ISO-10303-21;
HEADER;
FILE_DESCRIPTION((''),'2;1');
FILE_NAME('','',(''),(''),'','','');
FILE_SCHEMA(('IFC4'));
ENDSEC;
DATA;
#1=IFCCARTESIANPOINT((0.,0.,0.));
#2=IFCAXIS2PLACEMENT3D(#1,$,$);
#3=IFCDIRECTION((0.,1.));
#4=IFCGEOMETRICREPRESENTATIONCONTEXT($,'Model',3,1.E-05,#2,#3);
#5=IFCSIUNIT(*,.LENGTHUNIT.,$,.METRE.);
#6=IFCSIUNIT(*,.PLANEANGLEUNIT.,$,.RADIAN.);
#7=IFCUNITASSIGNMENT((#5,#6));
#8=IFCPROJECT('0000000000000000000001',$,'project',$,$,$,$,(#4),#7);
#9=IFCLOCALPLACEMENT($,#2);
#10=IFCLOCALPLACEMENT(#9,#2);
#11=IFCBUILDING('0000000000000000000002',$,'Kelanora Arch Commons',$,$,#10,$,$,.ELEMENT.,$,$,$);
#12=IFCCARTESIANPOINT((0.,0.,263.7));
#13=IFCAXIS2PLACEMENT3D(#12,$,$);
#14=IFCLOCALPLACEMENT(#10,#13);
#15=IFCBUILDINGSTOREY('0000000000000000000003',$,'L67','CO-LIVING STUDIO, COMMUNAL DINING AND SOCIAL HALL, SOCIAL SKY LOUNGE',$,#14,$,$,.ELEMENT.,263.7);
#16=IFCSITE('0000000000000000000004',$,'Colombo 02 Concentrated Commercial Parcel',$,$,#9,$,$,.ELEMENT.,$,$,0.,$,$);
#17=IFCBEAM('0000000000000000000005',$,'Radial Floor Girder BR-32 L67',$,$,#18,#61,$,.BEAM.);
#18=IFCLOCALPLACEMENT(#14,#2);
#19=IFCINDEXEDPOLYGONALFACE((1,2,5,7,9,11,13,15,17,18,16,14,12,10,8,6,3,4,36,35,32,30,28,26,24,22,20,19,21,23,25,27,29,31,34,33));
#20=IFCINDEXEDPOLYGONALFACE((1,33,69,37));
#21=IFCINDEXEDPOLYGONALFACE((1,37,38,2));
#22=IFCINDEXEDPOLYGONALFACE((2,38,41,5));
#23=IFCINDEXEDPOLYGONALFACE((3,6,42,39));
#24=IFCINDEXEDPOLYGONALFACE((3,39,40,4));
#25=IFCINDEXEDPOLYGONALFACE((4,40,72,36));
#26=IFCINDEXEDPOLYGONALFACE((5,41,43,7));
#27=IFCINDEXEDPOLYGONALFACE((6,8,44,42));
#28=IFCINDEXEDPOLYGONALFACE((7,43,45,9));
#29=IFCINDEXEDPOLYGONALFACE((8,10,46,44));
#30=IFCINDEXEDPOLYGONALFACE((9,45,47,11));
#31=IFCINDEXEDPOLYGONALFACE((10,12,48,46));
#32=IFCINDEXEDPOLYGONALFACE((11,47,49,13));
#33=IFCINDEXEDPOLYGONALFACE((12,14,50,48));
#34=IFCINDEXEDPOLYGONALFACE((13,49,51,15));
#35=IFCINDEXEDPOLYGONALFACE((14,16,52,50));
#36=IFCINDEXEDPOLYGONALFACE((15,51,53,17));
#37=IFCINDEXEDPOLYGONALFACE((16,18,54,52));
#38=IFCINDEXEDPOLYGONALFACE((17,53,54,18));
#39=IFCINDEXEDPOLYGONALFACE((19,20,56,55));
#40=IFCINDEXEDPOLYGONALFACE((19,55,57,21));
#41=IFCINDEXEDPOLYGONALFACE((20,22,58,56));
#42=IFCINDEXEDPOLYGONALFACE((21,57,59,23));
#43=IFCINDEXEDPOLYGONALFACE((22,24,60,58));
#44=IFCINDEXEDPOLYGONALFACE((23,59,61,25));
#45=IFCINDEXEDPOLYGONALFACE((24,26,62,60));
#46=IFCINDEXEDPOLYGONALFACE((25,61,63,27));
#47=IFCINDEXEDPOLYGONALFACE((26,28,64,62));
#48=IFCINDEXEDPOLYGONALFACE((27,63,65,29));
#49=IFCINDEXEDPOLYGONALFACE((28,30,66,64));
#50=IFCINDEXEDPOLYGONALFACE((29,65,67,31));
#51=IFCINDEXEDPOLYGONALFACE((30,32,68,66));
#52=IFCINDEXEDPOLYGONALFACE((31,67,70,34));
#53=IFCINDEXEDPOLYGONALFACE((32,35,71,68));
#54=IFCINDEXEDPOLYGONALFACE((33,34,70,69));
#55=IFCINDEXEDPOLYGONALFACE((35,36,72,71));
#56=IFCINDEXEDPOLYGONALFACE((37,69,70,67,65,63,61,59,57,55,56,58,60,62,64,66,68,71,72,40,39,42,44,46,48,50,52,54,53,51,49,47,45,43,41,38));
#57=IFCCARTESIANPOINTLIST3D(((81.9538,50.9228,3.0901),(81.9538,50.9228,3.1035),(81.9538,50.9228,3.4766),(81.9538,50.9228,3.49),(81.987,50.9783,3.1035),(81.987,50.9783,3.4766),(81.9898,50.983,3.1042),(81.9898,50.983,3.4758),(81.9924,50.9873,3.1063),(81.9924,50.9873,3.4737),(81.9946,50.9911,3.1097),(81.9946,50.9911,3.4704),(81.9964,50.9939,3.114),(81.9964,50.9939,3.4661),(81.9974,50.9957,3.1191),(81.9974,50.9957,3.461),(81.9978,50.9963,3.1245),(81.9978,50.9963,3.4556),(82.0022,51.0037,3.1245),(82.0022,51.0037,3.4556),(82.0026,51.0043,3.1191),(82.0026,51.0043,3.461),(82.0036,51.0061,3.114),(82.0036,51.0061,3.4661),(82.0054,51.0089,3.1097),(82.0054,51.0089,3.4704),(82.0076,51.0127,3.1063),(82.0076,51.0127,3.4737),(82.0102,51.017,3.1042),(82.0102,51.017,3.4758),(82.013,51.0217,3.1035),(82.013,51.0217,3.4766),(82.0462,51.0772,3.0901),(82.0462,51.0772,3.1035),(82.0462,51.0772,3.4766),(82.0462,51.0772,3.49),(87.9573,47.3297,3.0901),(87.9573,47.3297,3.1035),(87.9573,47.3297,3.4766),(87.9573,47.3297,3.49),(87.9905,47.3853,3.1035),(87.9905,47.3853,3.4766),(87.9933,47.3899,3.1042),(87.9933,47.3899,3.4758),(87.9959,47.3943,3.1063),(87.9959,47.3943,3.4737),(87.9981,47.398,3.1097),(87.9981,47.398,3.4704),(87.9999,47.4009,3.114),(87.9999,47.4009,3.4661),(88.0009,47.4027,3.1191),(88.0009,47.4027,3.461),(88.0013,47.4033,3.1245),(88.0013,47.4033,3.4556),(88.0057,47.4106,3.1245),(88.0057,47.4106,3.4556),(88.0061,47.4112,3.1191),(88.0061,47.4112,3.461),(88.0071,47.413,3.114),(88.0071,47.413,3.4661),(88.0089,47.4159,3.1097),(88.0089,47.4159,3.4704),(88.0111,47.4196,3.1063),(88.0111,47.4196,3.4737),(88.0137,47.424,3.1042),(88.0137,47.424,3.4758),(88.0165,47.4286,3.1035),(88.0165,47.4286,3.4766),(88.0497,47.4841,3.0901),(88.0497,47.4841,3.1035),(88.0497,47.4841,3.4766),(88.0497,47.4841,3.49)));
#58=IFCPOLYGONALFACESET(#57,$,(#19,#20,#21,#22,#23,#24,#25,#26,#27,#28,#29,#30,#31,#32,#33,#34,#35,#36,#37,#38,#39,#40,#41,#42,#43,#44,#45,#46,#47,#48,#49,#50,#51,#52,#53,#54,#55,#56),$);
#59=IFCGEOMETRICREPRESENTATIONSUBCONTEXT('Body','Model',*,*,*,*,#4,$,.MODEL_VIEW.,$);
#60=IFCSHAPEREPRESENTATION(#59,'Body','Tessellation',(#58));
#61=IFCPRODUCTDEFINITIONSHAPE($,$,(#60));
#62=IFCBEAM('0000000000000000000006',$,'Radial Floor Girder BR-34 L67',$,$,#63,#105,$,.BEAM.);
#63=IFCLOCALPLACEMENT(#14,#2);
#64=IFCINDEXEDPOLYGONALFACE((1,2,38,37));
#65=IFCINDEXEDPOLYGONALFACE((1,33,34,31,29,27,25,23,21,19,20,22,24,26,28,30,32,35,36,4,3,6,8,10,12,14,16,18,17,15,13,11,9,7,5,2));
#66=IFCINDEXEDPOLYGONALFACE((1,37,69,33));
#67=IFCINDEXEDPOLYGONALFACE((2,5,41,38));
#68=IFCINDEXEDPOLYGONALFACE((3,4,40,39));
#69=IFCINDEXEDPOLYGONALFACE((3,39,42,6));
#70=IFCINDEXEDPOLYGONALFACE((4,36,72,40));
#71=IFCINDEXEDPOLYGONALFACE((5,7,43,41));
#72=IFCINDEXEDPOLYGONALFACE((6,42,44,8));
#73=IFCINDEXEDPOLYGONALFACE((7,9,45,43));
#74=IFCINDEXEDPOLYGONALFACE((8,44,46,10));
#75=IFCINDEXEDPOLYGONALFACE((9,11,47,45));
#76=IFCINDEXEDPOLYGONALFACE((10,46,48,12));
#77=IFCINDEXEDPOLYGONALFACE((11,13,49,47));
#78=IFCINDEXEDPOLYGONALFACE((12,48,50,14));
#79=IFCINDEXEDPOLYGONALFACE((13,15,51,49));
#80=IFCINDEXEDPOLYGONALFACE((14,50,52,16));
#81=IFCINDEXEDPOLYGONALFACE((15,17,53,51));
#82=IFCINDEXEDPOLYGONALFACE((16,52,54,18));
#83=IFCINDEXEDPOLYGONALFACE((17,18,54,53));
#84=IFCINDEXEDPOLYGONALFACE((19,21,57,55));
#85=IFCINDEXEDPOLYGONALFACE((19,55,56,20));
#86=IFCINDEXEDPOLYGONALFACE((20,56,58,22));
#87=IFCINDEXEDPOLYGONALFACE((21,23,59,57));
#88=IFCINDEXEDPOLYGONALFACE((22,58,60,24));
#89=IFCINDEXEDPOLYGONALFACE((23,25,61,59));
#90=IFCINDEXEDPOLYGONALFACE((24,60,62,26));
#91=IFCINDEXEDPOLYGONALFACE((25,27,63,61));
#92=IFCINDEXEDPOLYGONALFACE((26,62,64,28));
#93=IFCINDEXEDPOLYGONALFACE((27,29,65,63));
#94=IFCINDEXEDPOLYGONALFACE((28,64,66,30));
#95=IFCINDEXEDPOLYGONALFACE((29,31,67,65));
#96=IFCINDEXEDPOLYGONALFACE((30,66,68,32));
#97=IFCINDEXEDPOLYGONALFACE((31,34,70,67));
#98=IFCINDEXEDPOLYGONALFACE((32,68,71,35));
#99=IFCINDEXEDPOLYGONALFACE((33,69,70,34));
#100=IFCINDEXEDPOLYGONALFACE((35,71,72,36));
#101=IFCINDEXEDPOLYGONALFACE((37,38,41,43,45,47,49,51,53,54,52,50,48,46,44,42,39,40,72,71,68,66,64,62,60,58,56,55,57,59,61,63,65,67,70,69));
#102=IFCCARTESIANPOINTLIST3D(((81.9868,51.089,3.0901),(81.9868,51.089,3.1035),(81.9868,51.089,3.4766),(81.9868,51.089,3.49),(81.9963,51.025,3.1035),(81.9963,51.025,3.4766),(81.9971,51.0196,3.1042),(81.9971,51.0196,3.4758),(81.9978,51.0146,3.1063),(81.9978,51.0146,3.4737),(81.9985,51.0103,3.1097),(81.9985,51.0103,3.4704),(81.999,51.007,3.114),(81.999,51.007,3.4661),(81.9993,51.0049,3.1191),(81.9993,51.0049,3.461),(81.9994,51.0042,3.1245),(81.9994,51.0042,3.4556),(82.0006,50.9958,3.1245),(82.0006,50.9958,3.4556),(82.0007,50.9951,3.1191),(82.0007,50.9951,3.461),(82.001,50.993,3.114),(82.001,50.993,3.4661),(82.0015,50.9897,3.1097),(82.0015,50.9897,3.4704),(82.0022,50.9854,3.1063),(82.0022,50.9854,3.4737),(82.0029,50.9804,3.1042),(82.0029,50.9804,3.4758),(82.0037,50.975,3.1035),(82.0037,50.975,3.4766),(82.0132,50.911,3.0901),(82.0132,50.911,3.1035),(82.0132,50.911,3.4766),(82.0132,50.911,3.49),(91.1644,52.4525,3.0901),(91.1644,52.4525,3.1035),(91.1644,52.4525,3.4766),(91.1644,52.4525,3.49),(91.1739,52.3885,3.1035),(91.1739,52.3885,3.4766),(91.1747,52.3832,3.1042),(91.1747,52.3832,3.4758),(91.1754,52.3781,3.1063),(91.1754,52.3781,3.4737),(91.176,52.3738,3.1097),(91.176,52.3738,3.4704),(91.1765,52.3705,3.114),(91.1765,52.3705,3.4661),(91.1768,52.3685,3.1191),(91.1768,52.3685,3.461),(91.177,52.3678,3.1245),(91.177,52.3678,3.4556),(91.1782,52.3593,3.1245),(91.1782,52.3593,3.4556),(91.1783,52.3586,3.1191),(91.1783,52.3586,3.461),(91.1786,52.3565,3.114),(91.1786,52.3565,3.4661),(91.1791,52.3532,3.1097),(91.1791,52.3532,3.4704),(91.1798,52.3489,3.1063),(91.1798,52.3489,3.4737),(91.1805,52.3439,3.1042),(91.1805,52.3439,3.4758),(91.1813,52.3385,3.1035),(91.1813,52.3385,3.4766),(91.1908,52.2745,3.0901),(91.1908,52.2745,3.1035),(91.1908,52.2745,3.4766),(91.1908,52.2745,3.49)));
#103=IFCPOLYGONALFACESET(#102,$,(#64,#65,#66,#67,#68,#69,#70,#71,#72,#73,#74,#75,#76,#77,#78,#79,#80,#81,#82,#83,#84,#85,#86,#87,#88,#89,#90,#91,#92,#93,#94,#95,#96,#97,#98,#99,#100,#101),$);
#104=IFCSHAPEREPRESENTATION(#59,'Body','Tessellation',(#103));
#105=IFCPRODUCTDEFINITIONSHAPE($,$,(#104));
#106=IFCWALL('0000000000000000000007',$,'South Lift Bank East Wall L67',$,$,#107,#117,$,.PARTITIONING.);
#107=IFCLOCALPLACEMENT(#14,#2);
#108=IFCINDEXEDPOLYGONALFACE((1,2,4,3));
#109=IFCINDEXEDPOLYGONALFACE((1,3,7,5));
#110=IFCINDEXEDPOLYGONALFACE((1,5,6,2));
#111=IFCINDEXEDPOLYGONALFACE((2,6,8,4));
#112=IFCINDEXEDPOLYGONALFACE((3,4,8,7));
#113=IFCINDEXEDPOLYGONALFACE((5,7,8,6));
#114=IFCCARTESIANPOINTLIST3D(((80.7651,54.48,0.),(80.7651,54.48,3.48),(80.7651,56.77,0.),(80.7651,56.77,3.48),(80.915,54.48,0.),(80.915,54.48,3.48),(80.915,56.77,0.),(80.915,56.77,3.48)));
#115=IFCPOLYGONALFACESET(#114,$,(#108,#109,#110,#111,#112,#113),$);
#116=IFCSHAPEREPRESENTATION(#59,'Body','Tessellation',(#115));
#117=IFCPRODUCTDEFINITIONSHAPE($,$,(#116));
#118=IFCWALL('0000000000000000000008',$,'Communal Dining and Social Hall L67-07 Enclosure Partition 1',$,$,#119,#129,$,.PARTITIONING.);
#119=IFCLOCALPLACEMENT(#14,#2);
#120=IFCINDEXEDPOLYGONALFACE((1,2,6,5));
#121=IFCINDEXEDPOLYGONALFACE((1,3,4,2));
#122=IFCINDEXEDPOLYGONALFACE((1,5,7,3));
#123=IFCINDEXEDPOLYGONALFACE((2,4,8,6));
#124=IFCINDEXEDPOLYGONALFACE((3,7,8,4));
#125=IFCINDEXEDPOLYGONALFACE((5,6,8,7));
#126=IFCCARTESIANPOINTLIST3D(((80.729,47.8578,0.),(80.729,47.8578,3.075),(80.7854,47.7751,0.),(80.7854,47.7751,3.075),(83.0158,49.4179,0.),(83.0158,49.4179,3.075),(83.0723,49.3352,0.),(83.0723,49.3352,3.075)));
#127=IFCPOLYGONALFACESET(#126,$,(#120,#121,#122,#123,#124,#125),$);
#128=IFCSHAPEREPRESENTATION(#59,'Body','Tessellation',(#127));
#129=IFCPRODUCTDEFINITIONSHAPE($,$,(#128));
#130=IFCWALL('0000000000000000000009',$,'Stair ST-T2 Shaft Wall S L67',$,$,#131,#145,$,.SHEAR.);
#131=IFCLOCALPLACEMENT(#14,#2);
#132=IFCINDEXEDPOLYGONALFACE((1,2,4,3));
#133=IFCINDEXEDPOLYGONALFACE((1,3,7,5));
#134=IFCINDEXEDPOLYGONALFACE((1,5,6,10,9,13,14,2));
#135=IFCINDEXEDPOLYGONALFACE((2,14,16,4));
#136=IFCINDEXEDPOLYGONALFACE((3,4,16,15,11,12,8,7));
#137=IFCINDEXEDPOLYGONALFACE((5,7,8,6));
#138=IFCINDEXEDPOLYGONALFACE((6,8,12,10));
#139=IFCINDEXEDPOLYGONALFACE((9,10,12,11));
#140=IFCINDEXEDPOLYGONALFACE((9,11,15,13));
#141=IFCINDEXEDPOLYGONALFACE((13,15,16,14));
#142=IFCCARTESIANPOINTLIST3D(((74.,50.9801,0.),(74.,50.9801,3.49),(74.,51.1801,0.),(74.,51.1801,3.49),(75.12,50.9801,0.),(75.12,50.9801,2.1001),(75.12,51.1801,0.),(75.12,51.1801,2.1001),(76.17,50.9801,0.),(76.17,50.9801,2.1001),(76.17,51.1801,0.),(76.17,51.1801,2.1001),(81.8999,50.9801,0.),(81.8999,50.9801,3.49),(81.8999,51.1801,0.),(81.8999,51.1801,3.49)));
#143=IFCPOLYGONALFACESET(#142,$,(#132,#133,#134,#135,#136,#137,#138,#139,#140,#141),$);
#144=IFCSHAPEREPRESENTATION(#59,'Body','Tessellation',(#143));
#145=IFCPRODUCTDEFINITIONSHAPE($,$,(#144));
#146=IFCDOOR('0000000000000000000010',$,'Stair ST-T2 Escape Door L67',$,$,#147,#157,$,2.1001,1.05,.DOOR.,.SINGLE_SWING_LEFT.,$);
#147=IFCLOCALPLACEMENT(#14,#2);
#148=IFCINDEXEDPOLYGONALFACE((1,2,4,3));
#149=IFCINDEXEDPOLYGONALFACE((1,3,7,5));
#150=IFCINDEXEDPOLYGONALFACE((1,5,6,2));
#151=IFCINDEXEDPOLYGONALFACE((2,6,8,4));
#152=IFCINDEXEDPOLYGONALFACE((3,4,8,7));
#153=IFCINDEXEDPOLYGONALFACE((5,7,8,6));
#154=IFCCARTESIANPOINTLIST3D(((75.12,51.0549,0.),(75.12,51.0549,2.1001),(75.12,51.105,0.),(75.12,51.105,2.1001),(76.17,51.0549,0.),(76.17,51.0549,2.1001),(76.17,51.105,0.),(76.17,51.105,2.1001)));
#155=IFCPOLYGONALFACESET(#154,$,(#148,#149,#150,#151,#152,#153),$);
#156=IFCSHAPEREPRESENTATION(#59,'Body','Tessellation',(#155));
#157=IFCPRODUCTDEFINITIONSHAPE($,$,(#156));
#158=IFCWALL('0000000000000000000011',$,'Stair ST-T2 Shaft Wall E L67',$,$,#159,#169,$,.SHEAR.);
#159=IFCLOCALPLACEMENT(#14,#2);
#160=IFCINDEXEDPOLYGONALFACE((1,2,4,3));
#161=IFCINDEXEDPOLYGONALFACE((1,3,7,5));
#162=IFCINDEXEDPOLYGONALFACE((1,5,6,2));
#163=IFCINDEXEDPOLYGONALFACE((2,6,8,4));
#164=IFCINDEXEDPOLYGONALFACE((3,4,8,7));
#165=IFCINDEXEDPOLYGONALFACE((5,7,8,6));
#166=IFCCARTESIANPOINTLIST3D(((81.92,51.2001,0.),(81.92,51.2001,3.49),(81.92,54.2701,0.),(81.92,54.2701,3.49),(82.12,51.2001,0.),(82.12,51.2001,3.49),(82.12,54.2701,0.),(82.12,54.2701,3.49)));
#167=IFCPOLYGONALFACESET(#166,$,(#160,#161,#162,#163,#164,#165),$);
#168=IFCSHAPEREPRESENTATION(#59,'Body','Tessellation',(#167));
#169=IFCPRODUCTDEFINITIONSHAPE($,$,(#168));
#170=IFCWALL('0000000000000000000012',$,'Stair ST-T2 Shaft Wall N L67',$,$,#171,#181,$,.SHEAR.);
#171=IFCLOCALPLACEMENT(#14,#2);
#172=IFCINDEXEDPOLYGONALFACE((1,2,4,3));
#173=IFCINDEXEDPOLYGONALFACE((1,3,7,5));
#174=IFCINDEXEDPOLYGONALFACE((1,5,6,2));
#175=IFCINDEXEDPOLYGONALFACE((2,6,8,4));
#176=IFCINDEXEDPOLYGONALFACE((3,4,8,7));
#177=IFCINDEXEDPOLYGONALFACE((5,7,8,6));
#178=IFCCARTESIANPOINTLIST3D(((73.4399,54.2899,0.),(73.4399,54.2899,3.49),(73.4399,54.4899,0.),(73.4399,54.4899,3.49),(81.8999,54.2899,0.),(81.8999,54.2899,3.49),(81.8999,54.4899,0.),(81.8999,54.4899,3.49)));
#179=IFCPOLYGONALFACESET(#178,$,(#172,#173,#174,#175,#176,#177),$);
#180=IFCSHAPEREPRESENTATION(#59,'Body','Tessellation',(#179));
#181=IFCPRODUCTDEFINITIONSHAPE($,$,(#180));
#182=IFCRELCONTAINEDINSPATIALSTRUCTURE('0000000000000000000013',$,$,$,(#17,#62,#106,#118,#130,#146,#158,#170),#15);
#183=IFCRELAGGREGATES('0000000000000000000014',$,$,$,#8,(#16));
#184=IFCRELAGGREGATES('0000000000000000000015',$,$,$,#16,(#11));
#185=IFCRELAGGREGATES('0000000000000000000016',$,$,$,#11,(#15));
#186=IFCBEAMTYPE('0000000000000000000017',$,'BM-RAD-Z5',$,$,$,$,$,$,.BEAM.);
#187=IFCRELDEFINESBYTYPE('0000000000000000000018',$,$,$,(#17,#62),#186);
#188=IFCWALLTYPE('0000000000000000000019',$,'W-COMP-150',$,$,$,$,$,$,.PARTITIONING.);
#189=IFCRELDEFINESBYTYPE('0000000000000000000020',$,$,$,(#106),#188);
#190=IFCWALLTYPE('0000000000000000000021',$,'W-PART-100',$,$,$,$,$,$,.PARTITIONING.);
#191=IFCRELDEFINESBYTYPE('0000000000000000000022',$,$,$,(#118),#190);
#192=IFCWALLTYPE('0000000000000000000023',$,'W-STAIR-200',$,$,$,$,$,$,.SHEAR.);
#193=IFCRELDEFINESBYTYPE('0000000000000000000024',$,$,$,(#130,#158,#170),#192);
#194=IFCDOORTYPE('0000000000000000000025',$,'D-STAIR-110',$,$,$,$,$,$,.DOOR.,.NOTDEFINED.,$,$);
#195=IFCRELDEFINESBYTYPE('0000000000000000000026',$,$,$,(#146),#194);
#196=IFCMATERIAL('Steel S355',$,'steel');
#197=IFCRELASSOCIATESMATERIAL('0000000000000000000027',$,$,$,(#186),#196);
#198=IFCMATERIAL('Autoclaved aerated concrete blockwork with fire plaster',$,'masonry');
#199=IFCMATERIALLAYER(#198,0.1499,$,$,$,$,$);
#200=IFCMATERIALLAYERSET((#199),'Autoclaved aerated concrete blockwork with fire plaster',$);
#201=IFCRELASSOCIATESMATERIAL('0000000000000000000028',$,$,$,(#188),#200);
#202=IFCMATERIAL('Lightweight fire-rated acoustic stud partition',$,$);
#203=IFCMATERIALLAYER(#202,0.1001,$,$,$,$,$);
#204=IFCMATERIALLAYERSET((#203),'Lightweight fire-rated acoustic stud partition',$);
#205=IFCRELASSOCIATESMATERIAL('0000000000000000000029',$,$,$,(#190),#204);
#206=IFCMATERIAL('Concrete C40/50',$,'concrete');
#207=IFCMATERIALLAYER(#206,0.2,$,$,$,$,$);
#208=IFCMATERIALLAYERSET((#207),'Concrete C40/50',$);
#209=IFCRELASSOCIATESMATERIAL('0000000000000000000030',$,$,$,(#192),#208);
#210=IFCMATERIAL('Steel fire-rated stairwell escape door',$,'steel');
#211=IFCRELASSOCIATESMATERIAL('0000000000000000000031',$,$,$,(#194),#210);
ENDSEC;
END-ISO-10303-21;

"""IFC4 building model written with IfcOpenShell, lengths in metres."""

from ifc_helpers import new_model, si_unit, direction, frame, frame_2d, origin, origin_2d, place, context, subcontext, project, spatial, rectangle, i_section, extrude, material, layer, layer_set, material_profile, profile_set, type_object, element, fill, save


model = new_model("IFC4")

# Units and contexts
model_context = context("Model", 3, precision=1e-05, world=origin(), true_north=direction((0.0, 1.0)))
body_context = subcontext(model_context, "Body", "Model", "MODEL_VIEW")
ifc_project = project(units=[si_unit("LENGTHUNIT", "METRE"), si_unit("PLANEANGLEUNIT", "RADIAN")], contexts=[model_context])

# Site, building, storey
site_placement = place(None, origin())
site = spatial("IfcSite", under=ifc_project, at=site_placement, Name="Colombo 02 Concentrated Commercial Parcel", CompositionType="ELEMENT", RefElevation=0.0)
building_placement = place(site_placement, origin())
building = spatial("IfcBuilding", under=site, at=building_placement, Name="Kelanora Arch Commons", CompositionType="ELEMENT")
storey_placement = place(building_placement, frame((0.0, 0.0, 263.7)))
storey = spatial("IfcBuildingStorey", under=building, at=storey_placement, Name="L67", Description="CO-LIVING STUDIO, COMMUNAL DINING AND SOCIAL HALL, SOCIAL SKY LOUNGE", CompositionType="ELEMENT", Elevation=263.7)

# Beams
ifc_material_1 = material(Name="Steel S355", Category="steel")
ifc_material_profile_1 = material_profile(ifc_material_1, i_section(OverallWidth=0.1799, OverallDepth=0.3999, WebThickness=0.0085, FlangeThickness=0.0134, FilletRadius=0.021, at=origin_2d()), Name="IPE400")
ifc_profile_set_1 = profile_set([ifc_material_profile_1], Name="Steel S355")
beam_type_1 = type_object("IfcBeamType", Name="BM-RAD-Z5", PredefinedType="BEAM", material=ifc_profile_set_1)
beam_1_placement = place(storey_placement, frame((82.0, 51.0, 3.29), z_axis=(0.858062, -0.513546, 0.0), x_axis=(0.513546, 0.858062, 0.0)))
element("IfcBeam", 1, at=beam_1_placement, inside=storey, type_object=beam_type_1, Name="Radial Floor Girder BR-32 L67", PredefinedType="BEAM", context=body_context, shape_type="SweptSolid", body=[
    extrude(i_section(OverallWidth=0.1799, OverallDepth=0.3999, WebThickness=0.0085, FlangeThickness=0.0134, FilletRadius=0.021, at=origin_2d()), origin(), (0.0, 0.0, 1.0), 6.9966),
])
beam_2_placement = place(storey_placement, frame((82.0, 51.0, 3.29), z_axis=(0.989142, 0.14696, 0.0), x_axis=(-0.14696, 0.989142, 0.0)))
element("IfcBeam", 2, at=beam_2_placement, inside=storey, type_object=beam_type_1, Name="Radial Floor Girder BR-34 L67", PredefinedType="BEAM", context=body_context, shape_type="SweptSolid", body=[
    extrude(i_section(OverallWidth=0.1799, OverallDepth=0.3999, WebThickness=0.0085, FlangeThickness=0.0134, FilletRadius=0.021, at=origin_2d()), origin(), (0.0, 0.0, 1.0), 9.2783),
])

# Walls
ifc_material_2 = material(Name="Autoclaved aerated concrete blockwork with fire plaster", Category="masonry")
ifc_layer_1 = layer(ifc_material_2, 0.1499)
ifc_layer_set_1 = layer_set([ifc_layer_1], Name="Autoclaved aerated concrete blockwork with fire plaster")
wall_type_1 = type_object("IfcWallType", Name="W-COMP-150", PredefinedType="PARTITIONING", material=ifc_layer_set_1)
wall_1_placement = place(storey_placement, frame((80.8401, 54.48, 0.0), z_axis=(0.0, 0.0, 1.0), x_axis=(0.0, 1.0, 0.0)))
element("IfcWall", 3, at=wall_1_placement, inside=storey, type_object=wall_type_1, Name="South Lift Bank East Wall L67", PredefinedType="PARTITIONING", context=body_context, shape_type="SweptSolid", body=[
    extrude(rectangle(XDim=2.29, YDim=0.1499, at=frame_2d((1.145, 0.0))), origin(), (0.0, 0.0, 1.0), 3.48),
])
ifc_material_3 = material(Name="Lightweight fire-rated acoustic stud partition")
ifc_layer_2 = layer(ifc_material_3, 0.1001)
ifc_layer_set_2 = layer_set([ifc_layer_2], Name="Lightweight fire-rated acoustic stud partition")
wall_type_2 = type_object("IfcWallType", Name="W-PART-100", PredefinedType="PARTITIONING", material=ifc_layer_set_2)
wall_2_placement = place(storey_placement, frame((80.7571, 47.8164, 0.0), z_axis=(0.0, 0.0, 1.0), x_axis=(0.826087, 0.563542, 0.0)))
element("IfcWall", 4, at=wall_2_placement, inside=storey, type_object=wall_type_2, Name="Communal Dining and Social Hall L67-07 Enclosure Partition 1", PredefinedType="PARTITIONING", context=body_context, shape_type="SweptSolid", body=[
    extrude(rectangle(XDim=2.7683, YDim=0.1001, at=frame_2d((1.3843, 0.0))), origin(), (0.0, 0.0, 1.0), 3.075),
])

# Wall, opening, door
ifc_material_4 = material(Name="Concrete C40/50", Category="concrete")
ifc_layer_3 = layer(ifc_material_4, 0.2)
ifc_layer_set_3 = layer_set([ifc_layer_3], Name="Concrete C40/50")
wall_type_3 = type_object("IfcWallType", Name="W-STAIR-200", PredefinedType="SHEAR", material=ifc_layer_set_3)
wall_3_placement = place(storey_placement, frame((74.0, 51.0801, 0.0), z_axis=(0.0, 0.0, 1.0), x_axis=(1.0, 0.0, 0.0)))
wall_3 = element("IfcWall", 5, at=wall_3_placement, inside=storey, type_object=wall_type_3, Name="Stair ST-T2 Shaft Wall S L67", PredefinedType="SHEAR", context=body_context, shape_type="SweptSolid", body=[
    extrude(rectangle(XDim=7.8999, YDim=0.2, at=frame_2d((3.95, 0.0))), origin(), (0.0, 0.0, 1.0), 3.49),
])
opening_placement = place(wall_3_placement, frame((1.1201, 0.0, 0.0)))
opening = element("IfcOpeningElement", 6, at=opening_placement, cuts=wall_3, PredefinedType="OPENING", context=body_context, shape_type="SweptSolid", body=[
    extrude(rectangle(XDim=1.05, YDim=2.1001, at=frame_2d((0.5249, 1.05))), frame((0.0, 0.1099, 0.0), z_axis=(0.0, -1.0, 0.0), x_axis=(1.0, 0.0, 0.0)), (0.0, 0.0, 1.0), 0.22),
])
ifc_material_5 = material(Name="Steel fire-rated stairwell escape door", Category="steel")
door_type = type_object("IfcDoorType", Name="D-STAIR-110", OperationType="NOTDEFINED", PredefinedType="DOOR", material=ifc_material_5)
door_placement = place(opening_placement, origin())
door = element("IfcDoor", 7, at=door_placement, inside=storey, type_object=door_type, Name="Stair ST-T2 Escape Door L67", OperationType="SINGLE_SWING_LEFT", OverallHeight=2.1001, OverallWidth=1.05, PredefinedType="DOOR", context=body_context, shape_type="SweptSolid", body=[
    extrude(rectangle(XDim=1.05, YDim=2.1001, at=frame_2d((0.5249, 1.05))), frame((0.0, 0.0249, 0.0), z_axis=(0.0, -1.0, 0.0), x_axis=(1.0, 0.0, 0.0)), (0.0, 0.0, 1.0), 0.05),
])
fill(opening, door)

# Walls
wall_4_placement = place(storey_placement, frame((82.02, 51.2, 0.0), z_axis=(0.0, 0.0, 1.0), x_axis=(0.0, 1.0, 0.0)))
element("IfcWall", 8, at=wall_4_placement, inside=storey, type_object=wall_type_3, Name="Stair ST-T2 Shaft Wall E L67", PredefinedType="SHEAR", context=body_context, shape_type="SweptSolid", body=[
    extrude(rectangle(XDim=3.0701, YDim=0.2, at=frame_2d((1.5352, 0.0))), origin(), (0.0, 0.0, 1.0), 3.49),
])
wall_5_placement = place(storey_placement, frame((81.8999, 54.3899, 0.0), z_axis=(0.0, 0.0, 1.0), x_axis=(-1.0, 0.0, 0.0)))
element("IfcWall", 9, at=wall_5_placement, inside=storey, type_object=wall_type_3, Name="Stair ST-T2 Shaft Wall N L67", PredefinedType="SHEAR", context=body_context, shape_type="SweptSolid", body=[
    extrude(rectangle(XDim=8.46, YDim=0.2, at=frame_2d((4.23, 0.0))), origin(), (0.0, 0.0, 1.0), 3.49),
])

save(model, "model.ifc")
